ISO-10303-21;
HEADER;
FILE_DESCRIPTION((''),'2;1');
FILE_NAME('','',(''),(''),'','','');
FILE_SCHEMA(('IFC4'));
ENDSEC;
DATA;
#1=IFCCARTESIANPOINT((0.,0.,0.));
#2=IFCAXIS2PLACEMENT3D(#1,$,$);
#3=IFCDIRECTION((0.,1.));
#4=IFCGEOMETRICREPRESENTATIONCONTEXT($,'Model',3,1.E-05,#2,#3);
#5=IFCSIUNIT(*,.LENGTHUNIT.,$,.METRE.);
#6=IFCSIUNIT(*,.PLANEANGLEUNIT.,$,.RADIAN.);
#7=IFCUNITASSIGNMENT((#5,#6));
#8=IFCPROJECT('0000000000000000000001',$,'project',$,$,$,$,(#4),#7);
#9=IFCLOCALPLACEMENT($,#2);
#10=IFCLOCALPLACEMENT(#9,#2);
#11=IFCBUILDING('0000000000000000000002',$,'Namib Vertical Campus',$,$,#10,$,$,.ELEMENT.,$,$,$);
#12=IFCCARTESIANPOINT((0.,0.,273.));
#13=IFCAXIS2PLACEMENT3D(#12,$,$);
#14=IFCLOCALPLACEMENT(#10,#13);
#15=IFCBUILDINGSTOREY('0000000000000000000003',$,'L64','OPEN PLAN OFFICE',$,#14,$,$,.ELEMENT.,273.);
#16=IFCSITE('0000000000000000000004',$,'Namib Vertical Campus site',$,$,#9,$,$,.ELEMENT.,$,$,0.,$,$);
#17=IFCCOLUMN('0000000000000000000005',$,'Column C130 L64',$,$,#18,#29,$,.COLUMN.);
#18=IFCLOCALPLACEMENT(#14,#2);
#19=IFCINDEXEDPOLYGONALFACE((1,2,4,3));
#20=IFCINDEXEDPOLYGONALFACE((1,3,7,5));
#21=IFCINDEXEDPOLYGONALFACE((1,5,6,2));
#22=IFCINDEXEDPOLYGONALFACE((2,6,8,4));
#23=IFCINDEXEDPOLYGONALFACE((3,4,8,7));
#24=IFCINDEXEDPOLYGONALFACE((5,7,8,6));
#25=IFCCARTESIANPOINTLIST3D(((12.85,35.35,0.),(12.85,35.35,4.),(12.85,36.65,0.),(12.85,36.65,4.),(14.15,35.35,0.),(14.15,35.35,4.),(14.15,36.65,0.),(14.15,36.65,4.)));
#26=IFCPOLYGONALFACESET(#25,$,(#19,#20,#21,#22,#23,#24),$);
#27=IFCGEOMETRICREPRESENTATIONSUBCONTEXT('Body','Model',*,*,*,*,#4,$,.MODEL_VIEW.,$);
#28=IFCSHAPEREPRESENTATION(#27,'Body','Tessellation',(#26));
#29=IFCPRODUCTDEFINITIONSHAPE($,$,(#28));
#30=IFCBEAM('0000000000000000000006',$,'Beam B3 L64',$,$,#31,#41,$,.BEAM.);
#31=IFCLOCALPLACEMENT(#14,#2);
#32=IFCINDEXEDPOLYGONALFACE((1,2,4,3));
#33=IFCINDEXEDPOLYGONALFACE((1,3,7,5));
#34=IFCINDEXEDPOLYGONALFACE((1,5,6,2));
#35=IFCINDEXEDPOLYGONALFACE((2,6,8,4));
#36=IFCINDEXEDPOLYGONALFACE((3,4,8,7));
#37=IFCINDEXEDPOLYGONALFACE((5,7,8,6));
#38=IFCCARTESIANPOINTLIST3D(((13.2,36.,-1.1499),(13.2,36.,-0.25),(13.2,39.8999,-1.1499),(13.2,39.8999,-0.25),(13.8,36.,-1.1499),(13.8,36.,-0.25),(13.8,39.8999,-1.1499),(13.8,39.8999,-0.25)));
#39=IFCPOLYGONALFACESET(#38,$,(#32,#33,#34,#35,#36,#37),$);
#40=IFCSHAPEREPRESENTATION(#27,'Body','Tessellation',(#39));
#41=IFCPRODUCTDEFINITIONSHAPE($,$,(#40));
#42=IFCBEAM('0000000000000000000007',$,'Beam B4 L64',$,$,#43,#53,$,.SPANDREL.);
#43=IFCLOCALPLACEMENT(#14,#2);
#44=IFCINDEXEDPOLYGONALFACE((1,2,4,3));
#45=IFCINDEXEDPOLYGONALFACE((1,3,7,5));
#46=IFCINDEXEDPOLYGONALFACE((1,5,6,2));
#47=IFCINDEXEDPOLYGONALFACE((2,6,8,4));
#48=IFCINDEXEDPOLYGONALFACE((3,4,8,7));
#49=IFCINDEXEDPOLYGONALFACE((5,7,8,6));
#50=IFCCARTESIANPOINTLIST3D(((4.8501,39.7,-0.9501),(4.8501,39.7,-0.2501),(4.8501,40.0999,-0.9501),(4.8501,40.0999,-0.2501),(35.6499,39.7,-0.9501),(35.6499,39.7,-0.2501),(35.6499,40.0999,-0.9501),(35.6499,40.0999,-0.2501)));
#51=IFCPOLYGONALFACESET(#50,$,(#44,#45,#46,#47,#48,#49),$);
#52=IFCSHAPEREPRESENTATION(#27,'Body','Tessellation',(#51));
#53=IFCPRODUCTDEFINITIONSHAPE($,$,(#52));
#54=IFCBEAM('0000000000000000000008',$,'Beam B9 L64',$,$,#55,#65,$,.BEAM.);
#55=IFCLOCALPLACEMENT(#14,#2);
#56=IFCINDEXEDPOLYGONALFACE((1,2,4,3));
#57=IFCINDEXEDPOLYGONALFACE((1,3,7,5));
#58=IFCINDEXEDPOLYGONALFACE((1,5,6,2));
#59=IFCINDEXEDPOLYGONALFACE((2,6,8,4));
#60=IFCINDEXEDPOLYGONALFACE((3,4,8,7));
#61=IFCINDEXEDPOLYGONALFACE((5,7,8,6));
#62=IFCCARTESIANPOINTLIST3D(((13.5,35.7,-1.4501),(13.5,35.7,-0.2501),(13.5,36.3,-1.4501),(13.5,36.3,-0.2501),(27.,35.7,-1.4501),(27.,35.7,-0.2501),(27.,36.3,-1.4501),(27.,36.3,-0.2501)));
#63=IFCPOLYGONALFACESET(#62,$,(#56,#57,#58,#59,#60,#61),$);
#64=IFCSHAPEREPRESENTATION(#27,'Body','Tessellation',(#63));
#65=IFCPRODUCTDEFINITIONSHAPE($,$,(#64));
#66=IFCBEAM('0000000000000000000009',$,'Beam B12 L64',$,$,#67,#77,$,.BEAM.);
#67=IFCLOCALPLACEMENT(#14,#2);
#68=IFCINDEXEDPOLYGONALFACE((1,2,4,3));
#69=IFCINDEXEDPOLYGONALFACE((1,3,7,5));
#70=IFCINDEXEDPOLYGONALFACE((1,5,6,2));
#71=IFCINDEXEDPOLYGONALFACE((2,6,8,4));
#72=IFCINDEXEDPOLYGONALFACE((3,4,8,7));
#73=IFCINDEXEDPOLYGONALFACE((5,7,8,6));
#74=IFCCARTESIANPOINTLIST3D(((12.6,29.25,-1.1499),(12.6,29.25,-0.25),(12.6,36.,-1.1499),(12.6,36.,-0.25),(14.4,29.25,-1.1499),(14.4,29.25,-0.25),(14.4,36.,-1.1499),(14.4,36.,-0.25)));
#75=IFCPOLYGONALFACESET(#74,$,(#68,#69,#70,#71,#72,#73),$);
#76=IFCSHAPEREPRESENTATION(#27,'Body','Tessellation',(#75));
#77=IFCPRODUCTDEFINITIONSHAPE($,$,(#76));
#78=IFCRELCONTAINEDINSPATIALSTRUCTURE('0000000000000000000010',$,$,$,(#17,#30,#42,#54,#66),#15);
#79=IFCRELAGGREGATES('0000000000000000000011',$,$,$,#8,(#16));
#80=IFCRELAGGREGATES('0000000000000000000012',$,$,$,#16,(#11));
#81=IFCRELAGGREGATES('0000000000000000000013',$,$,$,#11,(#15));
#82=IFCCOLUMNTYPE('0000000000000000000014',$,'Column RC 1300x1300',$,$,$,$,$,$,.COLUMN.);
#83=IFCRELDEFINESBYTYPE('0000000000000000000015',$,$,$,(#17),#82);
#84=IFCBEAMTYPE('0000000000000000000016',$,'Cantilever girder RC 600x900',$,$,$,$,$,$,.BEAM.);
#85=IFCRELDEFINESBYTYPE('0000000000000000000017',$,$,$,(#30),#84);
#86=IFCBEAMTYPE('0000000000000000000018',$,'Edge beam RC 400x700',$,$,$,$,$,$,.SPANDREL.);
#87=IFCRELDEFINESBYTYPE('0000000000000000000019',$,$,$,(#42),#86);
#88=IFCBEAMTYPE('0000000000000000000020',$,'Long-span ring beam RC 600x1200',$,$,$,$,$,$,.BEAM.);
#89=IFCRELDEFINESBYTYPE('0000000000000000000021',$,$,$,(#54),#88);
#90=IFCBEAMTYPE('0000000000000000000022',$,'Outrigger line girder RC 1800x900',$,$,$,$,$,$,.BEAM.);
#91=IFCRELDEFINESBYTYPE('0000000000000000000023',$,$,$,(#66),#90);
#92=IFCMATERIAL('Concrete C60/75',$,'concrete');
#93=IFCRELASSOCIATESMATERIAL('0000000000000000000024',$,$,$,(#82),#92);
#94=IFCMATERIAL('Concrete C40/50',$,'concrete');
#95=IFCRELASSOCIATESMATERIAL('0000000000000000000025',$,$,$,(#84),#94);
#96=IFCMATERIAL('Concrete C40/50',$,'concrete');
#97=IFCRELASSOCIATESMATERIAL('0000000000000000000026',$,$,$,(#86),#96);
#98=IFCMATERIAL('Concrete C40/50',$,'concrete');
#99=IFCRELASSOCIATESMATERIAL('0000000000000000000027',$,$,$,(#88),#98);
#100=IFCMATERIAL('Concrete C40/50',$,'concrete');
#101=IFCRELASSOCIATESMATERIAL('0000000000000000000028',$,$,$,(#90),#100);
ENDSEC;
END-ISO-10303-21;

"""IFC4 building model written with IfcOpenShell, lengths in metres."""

from ifc_helpers import new_model, si_unit, direction, frame, origin, origin_2d, place, context, subcontext, project, spatial, rectangle, extrude, material, material_profile, profile_set, type_object, element, save


model = new_model("IFC4")

# Units and contexts
model_context = context("Model", 3, precision=1e-05, world=origin(), true_north=direction((0.0, 1.0)))
body_context = subcontext(model_context, "Body", "Model", "MODEL_VIEW")
ifc_project = project(units=[si_unit("LENGTHUNIT", "METRE"), si_unit("PLANEANGLEUNIT", "RADIAN")], contexts=[model_context])

# Site, building, storey
site_placement = place(None, origin())
site = spatial("IfcSite", under=ifc_project, at=site_placement, Name="Namib Vertical Campus site", CompositionType="ELEMENT", RefElevation=0.0)
building_placement = place(site_placement, origin())
building = spatial("IfcBuilding", under=site, at=building_placement, Name="Namib Vertical Campus", CompositionType="ELEMENT")
storey_placement = place(building_placement, frame((0.0, 0.0, 273.0)))
storey = spatial("IfcBuildingStorey", under=building, at=storey_placement, Name="L64", Description="OPEN PLAN OFFICE", CompositionType="ELEMENT", Elevation=273.0)

# Column
ifc_material_1 = material(Name="Concrete C60/75", Category="concrete")
ifc_material_profile_1 = material_profile(ifc_material_1, rectangle(XDim=1.3, YDim=1.3, at=origin_2d()))
ifc_profile_set_1 = profile_set([ifc_material_profile_1], Name="Concrete C60/75")
column_type = type_object("IfcColumnType", Name="Column RC 1300x1300", PredefinedType="COLUMN", material=ifc_profile_set_1)
column_placement = place(storey_placement, frame((13.5, 36.0, 0.0), z_axis=(0.0, 0.0, 1.0), x_axis=(1.0, 0.0, 0.0)))
element("IfcColumn", 1, at=column_placement, inside=storey, type_object=column_type, Name="Column C130 L64", PredefinedType="COLUMN", context=body_context, shape_type="SweptSolid", body=[
    extrude(rectangle(XDim=1.3, YDim=1.3, at=origin_2d()), origin(), (0.0, 0.0, 1.0), 4.0),
])

# Beams
ifc_material_2 = material(Name="Concrete C40/50", Category="concrete")
ifc_material_profile_2 = material_profile(ifc_material_2, rectangle(XDim=0.6001, YDim=0.8999, at=origin_2d()))
ifc_profile_set_2 = profile_set([ifc_material_profile_2], Name="Concrete C40/50")
beam_type_1 = type_object("IfcBeamType", Name="Cantilever girder RC 600x900", PredefinedType="BEAM", material=ifc_profile_set_2)
beam_1_placement = place(storey_placement, frame((13.5, 36.0, -0.7), z_axis=(0.0, 1.0, 0.0), x_axis=(-1.0, 0.0, 0.0)))
element("IfcBeam", 2, at=beam_1_placement, inside=storey, type_object=beam_type_1, Name="Beam B3 L64", PredefinedType="BEAM", context=body_context, shape_type="SweptSolid", body=[
    extrude(rectangle(XDim=0.6001, YDim=0.8999, at=origin_2d()), origin(), (0.0, 0.0, 1.0), 3.8999),
])
ifc_material_3 = material(Name="Concrete C40/50", Category="concrete")
ifc_material_profile_3 = material_profile(ifc_material_3, rectangle(XDim=0.3999, YDim=0.7, at=origin_2d()))
ifc_profile_set_3 = profile_set([ifc_material_profile_3], Name="Concrete C40/50")
beam_type_2 = type_object("IfcBeamType", Name="Edge beam RC 400x700", PredefinedType="SPANDREL", material=ifc_profile_set_3)
beam_2_placement = place(storey_placement, frame((4.8501, 39.8999, -0.6001), z_axis=(1.0, 0.0, 0.0), x_axis=(0.0, 1.0, 0.0)))
element("IfcBeam", 3, at=beam_2_placement, inside=storey, type_object=beam_type_2, Name="Beam B4 L64", PredefinedType="SPANDREL", context=body_context, shape_type="SweptSolid", body=[
    extrude(rectangle(XDim=0.3999, YDim=0.7, at=origin_2d()), origin(), (0.0, 0.0, 1.0), 30.7998),
])
ifc_material_4 = material(Name="Concrete C40/50", Category="concrete")
ifc_material_profile_4 = material_profile(ifc_material_4, rectangle(XDim=0.6001, YDim=1.2, at=origin_2d()))
ifc_profile_set_4 = profile_set([ifc_material_profile_4], Name="Concrete C40/50")
beam_type_3 = type_object("IfcBeamType", Name="Long-span ring beam RC 600x1200", PredefinedType="BEAM", material=ifc_profile_set_4)
beam_3_placement = place(storey_placement, frame((13.5, 36.0, -0.8501), z_axis=(1.0, 0.0, 0.0), x_axis=(0.0, 1.0, 0.0)))
element("IfcBeam", 4, at=beam_3_placement, inside=storey, type_object=beam_type_3, Name="Beam B9 L64", PredefinedType="BEAM", context=body_context, shape_type="SweptSolid", body=[
    extrude(rectangle(XDim=0.6001, YDim=1.2, at=origin_2d()), origin(), (0.0, 0.0, 1.0), 13.5),
])
ifc_material_5 = material(Name="Concrete C40/50", Category="concrete")
ifc_material_profile_5 = material_profile(ifc_material_5, rectangle(XDim=1.8, YDim=0.8999, at=origin_2d()))
ifc_profile_set_5 = profile_set([ifc_material_profile_5], Name="Concrete C40/50")
beam_type_4 = type_object("IfcBeamType", Name="Outrigger line girder RC 1800x900", PredefinedType="BEAM", material=ifc_profile_set_5)
beam_4_placement = place(storey_placement, frame((13.5, 36.0, -0.7), z_axis=(0.0, -1.0, 0.0), x_axis=(1.0, 0.0, 0.0)))
element("IfcBeam", 5, at=beam_4_placement, inside=storey, type_object=beam_type_4, Name="Beam B12 L64", PredefinedType="BEAM", context=body_context, shape_type="SweptSolid", body=[
    extrude(rectangle(XDim=1.8, YDim=0.8999, at=origin_2d()), origin(), (0.0, 0.0, 1.0), 6.75),
])

save(model, "model.ifc")
